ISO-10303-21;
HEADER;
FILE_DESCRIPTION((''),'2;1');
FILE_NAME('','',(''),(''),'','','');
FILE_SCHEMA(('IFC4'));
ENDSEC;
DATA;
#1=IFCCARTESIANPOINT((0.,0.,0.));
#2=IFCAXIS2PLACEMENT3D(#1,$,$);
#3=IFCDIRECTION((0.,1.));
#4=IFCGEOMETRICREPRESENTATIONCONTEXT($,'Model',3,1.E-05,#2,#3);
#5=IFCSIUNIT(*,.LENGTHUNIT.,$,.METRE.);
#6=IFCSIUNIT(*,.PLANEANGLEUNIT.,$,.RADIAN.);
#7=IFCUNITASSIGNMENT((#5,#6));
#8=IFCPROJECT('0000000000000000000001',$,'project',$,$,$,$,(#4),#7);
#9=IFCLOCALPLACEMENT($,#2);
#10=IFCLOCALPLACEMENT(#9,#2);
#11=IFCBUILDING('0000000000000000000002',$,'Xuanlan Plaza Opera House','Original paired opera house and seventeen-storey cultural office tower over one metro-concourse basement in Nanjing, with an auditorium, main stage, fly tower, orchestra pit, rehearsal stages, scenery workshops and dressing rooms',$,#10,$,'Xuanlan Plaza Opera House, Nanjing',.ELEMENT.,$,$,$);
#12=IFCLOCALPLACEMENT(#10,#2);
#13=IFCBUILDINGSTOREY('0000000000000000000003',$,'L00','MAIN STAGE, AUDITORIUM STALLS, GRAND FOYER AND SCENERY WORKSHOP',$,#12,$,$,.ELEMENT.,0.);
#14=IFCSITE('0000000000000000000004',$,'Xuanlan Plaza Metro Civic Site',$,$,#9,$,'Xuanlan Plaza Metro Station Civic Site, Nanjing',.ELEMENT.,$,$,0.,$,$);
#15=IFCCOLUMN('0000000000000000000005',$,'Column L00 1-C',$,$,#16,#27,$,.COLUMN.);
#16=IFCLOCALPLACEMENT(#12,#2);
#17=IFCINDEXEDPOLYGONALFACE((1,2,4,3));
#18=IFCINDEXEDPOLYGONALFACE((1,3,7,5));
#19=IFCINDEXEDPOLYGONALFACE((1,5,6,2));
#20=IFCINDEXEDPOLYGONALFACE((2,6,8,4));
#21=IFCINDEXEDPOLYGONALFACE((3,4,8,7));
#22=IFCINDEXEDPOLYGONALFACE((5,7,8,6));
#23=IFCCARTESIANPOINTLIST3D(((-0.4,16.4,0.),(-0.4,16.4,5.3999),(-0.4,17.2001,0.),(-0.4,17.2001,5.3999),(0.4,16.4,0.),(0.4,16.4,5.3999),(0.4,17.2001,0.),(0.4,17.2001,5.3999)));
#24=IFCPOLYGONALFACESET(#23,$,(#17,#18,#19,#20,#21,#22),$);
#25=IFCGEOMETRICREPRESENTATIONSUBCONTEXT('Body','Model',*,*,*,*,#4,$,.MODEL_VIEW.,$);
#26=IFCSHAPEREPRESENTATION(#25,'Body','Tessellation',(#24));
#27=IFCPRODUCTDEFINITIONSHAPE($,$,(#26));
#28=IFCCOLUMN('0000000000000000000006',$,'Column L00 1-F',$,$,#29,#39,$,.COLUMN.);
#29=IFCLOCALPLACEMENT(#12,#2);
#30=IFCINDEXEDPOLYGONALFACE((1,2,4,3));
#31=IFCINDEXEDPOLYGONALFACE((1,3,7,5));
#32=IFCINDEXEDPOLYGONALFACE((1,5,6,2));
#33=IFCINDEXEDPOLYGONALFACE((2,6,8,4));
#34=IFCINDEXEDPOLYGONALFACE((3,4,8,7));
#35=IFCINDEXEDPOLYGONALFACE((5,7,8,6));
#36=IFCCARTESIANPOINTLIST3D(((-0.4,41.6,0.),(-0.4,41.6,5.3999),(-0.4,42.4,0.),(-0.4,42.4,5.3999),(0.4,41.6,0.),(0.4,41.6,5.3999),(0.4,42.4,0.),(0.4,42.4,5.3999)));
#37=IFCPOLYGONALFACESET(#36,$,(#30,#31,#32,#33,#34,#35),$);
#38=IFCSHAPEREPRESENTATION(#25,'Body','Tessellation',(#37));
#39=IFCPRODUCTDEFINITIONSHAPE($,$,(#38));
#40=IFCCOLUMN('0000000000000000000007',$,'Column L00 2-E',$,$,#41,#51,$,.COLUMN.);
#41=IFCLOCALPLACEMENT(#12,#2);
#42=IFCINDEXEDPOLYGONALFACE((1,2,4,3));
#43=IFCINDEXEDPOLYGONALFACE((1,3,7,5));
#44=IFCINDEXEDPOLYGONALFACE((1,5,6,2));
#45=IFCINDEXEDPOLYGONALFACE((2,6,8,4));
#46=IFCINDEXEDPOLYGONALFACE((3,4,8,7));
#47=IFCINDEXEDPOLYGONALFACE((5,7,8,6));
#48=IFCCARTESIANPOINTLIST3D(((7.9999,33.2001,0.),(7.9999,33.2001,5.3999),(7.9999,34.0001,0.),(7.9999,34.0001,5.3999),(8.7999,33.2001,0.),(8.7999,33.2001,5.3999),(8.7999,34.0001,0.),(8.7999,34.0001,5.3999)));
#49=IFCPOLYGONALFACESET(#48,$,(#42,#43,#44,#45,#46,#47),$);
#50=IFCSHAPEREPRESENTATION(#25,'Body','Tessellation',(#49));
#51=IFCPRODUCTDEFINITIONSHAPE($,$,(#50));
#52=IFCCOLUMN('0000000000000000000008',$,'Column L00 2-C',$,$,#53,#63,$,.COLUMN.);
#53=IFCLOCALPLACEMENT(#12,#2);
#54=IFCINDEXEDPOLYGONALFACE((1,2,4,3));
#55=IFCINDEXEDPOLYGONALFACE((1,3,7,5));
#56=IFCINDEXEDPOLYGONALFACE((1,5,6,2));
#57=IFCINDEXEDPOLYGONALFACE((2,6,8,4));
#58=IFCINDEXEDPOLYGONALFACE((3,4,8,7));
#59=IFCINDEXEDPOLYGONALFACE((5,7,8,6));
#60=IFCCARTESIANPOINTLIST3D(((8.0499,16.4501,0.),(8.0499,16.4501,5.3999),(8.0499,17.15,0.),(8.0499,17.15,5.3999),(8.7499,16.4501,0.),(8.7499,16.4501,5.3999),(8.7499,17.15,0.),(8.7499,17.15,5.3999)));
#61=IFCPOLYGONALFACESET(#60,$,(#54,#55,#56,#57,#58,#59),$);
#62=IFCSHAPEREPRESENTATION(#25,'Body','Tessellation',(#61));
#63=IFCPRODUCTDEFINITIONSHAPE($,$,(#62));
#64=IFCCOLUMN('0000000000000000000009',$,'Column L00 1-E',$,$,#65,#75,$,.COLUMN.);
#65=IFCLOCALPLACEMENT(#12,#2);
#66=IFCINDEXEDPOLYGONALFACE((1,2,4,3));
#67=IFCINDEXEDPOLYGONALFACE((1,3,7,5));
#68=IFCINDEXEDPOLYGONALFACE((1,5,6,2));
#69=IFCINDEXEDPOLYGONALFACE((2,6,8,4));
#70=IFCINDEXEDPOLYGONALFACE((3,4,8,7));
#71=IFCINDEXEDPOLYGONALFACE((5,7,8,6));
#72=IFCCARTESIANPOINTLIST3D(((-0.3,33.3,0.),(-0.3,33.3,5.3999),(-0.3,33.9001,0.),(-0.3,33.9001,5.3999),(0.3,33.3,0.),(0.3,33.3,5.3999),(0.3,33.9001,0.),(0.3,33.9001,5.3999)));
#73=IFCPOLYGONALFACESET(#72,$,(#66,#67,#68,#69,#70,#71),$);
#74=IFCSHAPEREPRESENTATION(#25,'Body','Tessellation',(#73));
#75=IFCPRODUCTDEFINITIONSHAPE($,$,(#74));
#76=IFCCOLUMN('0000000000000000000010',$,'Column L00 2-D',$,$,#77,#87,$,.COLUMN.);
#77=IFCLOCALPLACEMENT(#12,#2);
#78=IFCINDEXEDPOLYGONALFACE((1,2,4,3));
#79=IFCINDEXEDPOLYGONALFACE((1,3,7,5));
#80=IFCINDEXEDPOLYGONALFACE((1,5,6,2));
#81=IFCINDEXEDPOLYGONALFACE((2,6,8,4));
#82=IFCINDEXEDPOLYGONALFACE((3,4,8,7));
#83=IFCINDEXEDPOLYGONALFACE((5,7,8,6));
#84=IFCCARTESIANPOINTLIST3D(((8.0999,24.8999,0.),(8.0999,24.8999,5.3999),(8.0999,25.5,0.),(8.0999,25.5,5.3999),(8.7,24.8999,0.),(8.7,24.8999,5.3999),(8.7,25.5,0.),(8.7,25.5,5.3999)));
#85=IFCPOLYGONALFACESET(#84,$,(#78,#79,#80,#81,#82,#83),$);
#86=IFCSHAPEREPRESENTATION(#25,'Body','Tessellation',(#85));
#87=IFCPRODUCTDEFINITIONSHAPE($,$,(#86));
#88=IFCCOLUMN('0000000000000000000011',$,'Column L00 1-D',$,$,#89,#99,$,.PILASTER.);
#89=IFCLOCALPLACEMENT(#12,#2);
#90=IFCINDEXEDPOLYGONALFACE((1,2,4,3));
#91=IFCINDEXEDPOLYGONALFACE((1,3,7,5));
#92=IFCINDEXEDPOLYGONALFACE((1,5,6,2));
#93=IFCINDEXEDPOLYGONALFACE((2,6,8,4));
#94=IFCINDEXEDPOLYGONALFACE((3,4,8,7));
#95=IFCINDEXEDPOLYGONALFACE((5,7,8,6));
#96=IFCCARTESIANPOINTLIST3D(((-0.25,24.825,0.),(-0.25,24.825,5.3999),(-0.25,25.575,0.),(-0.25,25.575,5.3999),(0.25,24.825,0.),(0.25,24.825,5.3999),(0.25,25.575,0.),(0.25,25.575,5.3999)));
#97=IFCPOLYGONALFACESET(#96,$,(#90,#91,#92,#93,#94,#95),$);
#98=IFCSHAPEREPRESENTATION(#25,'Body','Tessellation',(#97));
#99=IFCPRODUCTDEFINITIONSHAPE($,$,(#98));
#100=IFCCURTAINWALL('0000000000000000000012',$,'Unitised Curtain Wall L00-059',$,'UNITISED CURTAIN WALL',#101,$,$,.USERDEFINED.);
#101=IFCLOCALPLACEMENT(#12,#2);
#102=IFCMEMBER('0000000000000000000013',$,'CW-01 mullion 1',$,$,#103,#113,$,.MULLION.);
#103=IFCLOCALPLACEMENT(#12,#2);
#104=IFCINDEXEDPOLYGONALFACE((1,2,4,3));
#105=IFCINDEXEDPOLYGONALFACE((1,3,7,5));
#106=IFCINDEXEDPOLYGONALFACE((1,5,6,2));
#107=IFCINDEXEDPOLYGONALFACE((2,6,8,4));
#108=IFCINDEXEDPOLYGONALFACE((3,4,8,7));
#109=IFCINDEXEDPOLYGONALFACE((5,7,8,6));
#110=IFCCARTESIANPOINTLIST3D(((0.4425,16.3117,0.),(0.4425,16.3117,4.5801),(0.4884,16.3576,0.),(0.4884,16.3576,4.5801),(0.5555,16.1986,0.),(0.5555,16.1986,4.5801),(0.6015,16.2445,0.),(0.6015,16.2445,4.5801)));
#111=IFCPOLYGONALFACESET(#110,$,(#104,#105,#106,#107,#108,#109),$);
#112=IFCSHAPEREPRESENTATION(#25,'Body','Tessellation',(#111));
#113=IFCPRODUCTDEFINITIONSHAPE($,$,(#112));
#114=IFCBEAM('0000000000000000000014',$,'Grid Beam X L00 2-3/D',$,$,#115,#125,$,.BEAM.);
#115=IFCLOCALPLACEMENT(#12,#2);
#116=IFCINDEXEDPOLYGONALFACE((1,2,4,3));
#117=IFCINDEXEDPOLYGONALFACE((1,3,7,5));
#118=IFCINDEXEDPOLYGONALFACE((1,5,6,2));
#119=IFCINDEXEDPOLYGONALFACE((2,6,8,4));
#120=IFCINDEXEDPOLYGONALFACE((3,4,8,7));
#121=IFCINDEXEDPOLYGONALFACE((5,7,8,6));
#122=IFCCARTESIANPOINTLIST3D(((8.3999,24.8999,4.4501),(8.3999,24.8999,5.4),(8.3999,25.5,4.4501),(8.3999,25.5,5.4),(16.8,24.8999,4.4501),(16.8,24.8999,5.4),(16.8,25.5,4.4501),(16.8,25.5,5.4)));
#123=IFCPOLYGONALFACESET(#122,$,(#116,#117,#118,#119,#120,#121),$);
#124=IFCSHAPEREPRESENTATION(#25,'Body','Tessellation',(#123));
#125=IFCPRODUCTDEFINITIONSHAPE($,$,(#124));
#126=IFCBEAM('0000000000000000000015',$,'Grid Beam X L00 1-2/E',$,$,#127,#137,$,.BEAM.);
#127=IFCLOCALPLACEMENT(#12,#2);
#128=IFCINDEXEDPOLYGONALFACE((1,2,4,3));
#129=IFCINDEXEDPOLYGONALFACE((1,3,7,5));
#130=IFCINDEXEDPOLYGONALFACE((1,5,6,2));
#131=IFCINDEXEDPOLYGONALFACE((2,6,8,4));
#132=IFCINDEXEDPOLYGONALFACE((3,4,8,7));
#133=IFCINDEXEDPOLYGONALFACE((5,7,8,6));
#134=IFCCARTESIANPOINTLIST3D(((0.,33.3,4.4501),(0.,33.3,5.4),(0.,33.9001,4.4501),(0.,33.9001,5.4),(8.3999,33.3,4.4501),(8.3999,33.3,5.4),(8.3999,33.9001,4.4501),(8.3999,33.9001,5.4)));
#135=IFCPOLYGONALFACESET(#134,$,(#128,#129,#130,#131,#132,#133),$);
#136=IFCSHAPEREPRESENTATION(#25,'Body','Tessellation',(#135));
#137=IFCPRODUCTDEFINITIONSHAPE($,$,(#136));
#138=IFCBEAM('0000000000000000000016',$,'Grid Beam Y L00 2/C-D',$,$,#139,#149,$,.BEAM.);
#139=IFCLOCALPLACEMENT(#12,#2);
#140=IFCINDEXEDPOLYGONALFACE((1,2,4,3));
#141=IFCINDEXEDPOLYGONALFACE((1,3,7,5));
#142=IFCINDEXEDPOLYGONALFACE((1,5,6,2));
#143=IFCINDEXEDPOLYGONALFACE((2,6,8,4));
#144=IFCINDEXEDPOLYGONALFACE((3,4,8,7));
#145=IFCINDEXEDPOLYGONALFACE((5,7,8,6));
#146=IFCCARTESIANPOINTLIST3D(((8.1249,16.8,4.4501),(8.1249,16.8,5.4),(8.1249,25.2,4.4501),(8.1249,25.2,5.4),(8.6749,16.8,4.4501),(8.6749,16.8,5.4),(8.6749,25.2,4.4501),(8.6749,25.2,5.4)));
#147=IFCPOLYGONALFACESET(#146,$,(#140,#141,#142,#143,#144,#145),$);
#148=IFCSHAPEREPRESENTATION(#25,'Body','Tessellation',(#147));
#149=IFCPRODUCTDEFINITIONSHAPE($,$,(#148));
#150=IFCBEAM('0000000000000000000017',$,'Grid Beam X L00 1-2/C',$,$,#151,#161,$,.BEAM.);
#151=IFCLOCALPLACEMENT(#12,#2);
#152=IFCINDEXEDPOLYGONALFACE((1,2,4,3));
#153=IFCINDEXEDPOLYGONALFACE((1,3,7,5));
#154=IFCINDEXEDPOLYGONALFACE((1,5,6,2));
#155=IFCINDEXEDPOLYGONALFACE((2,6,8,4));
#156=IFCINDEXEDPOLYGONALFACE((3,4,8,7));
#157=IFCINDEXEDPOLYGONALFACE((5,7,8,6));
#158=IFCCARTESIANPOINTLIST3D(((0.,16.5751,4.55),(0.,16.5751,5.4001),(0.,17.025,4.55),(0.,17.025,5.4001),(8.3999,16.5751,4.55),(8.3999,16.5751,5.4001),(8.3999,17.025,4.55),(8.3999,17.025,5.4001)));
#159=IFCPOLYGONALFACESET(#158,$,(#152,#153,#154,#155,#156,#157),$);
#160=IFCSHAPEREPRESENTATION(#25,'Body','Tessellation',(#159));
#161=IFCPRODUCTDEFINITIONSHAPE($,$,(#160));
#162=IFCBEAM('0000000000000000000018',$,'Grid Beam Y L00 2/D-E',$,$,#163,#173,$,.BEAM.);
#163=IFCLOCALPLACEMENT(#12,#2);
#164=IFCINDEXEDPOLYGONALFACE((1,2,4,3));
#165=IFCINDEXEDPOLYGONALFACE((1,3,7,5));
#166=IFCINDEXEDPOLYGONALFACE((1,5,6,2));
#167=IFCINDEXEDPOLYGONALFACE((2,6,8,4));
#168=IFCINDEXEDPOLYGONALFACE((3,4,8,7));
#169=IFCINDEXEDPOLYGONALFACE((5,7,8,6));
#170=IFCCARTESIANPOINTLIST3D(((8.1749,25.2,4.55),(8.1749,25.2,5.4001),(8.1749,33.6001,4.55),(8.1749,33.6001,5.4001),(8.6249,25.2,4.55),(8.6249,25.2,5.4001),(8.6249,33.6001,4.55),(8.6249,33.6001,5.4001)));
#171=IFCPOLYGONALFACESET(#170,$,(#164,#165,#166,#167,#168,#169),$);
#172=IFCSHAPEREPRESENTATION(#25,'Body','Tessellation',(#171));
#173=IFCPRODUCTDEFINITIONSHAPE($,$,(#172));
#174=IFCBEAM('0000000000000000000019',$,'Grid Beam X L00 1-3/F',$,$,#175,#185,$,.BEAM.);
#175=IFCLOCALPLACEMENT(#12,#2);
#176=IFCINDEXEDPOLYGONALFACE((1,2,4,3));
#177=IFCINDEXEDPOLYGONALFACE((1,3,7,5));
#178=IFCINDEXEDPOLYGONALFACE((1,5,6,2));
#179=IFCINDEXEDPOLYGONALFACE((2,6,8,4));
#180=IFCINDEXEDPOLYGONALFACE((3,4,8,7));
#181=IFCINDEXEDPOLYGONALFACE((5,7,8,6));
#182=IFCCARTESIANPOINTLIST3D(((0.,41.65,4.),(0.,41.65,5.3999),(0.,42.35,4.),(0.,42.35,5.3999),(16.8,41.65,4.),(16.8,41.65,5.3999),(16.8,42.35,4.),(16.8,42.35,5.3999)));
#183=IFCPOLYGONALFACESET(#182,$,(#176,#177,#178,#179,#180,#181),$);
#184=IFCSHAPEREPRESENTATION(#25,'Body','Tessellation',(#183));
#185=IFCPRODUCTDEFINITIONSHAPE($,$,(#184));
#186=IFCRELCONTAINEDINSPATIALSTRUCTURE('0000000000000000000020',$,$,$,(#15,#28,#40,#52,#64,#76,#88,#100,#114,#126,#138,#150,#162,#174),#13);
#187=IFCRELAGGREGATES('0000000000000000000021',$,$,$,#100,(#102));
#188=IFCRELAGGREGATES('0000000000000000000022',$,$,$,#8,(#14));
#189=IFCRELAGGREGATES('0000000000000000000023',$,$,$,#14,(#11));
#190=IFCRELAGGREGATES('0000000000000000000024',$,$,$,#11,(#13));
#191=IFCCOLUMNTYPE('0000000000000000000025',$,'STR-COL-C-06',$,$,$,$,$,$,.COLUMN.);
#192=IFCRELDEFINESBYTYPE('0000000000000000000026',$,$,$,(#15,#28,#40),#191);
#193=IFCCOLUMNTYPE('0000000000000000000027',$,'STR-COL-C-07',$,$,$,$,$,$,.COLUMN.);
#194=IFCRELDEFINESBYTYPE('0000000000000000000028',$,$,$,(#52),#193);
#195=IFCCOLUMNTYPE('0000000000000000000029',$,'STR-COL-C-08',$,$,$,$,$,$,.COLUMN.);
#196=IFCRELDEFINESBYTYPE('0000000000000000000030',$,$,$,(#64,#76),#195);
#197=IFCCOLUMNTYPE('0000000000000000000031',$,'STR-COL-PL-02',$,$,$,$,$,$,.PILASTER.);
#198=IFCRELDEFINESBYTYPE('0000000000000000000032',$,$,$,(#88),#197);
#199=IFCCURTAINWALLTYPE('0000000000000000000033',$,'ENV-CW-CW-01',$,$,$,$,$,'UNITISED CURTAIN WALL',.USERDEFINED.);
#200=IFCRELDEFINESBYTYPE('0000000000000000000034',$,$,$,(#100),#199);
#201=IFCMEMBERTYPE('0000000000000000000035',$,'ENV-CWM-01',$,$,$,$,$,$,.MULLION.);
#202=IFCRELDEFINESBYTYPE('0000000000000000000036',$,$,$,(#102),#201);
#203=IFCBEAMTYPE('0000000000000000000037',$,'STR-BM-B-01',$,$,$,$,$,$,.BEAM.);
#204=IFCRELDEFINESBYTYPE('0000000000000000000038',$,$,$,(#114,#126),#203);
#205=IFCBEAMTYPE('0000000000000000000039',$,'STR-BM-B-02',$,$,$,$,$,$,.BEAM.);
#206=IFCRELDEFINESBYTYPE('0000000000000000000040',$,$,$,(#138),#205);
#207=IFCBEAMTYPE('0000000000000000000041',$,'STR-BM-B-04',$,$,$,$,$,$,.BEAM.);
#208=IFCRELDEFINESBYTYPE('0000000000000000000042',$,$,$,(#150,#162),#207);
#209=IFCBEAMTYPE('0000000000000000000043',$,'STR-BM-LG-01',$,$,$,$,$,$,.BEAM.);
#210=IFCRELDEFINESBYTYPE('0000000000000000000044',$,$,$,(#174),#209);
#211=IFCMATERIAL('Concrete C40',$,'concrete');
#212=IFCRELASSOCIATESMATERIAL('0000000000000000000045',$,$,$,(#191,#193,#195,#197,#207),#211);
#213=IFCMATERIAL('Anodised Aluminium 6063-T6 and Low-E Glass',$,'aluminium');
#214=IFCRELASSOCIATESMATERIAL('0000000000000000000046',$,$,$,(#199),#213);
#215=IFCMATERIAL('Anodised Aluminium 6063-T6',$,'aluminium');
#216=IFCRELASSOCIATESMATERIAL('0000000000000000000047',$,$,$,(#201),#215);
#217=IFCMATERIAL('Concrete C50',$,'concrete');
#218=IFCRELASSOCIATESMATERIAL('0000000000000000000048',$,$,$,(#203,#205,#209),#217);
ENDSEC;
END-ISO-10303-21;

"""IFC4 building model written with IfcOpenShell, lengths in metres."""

from ifc_helpers import new_model, si_unit, direction, frame, origin, origin_2d, place, context, subcontext, project, spatial, rectangle, extrude, material, material_profile, profile_set, type_object, element, aggregate, save


model = new_model("IFC4")

# Units and contexts
model_context = context("Model", 3, precision=1e-05, world=origin(), true_north=direction((0.0, 1.0)))
body_context = subcontext(model_context, "Body", "Model", "MODEL_VIEW")
ifc_project = project(units=[si_unit("LENGTHUNIT", "METRE"), si_unit("PLANEANGLEUNIT", "RADIAN")], contexts=[model_context])

# Site, building, storey
site_placement = place(None, origin())
site = spatial("IfcSite", under=ifc_project, at=site_placement, Name="Xuanlan Plaza Metro Civic Site", LongName="Xuanlan Plaza Metro Station Civic Site, Nanjing", CompositionType="ELEMENT", RefElevation=0.0)
building_placement = place(site_placement, origin())
building = spatial("IfcBuilding", under=site, at=building_placement, Name="Xuanlan Plaza Opera House", Description="Original paired opera house and seventeen-storey cultural office tower over one metro-concourse basement in Nanjing, with an auditorium, main stage, fly tower, orchestra pit, rehearsal stages, scenery workshops and dressing rooms", LongName="Xuanlan Plaza Opera House, Nanjing", CompositionType="ELEMENT")
storey_placement = place(building_placement, origin())
storey = spatial("IfcBuildingStorey", under=building, at=storey_placement, Name="L00", Description="MAIN STAGE, AUDITORIUM STALLS, GRAND FOYER AND SCENERY WORKSHOP", CompositionType="ELEMENT", Elevation=0.0)

# Columns
ifc_material_1 = material(Name="Concrete C40", Category="concrete")
ifc_material_profile_1 = material_profile(ifc_material_1, rectangle(XDim=0.8, YDim=0.8, at=origin_2d()), Name="RC-COL 800x800")
ifc_profile_set_1 = profile_set([ifc_material_profile_1], Name="Concrete C40")
column_type_1 = type_object("IfcColumnType", Name="STR-COL-C-06", PredefinedType="COLUMN", material=ifc_profile_set_1)
for number, where, z_axis, x_axis, name in (
    (1, (0.0, 16.8, 0.0), (0.0, 0.0, 1.0), (1.0, 0.0, 0.0), "Column L00 1-C"),
    (2, (0.0, 42.0, 0.0), (0.0, 0.0, 1.0), (1.0, 0.0, 0.0), "Column L00 1-F"),
    (3, (8.3999, 33.6001, 0.0), (0.0, 0.0, 1.0), (1.0, 0.0, 0.0), "Column L00 2-E"),
):
    element("IfcColumn", number, at=place(storey_placement, frame(where, z_axis=z_axis, x_axis=x_axis)), inside=storey, type_object=column_type_1, Name=name, PredefinedType="COLUMN", context=body_context, shape_type="SweptSolid", body=[
        extrude(rectangle(XDim=0.8, YDim=0.8, at=origin_2d()), origin(), (0.0, 0.0, 1.0), 5.3999),
    ])
ifc_material_profile_2 = material_profile(ifc_material_1, rectangle(XDim=0.7, YDim=0.7, at=origin_2d()), Name="RC-COL 700x700")
ifc_profile_set_2 = profile_set([ifc_material_profile_2], Name="Concrete C40")
column_type_2 = type_object("IfcColumnType", Name="STR-COL-C-07", PredefinedType="COLUMN", material=ifc_profile_set_2)
column_1_placement = place(storey_placement, frame((8.3999, 16.8, 0.0), z_axis=(0.0, 0.0, 1.0), x_axis=(1.0, 0.0, 0.0)))
element("IfcColumn", 4, at=column_1_placement, inside=storey, type_object=column_type_2, Name="Column L00 2-C", PredefinedType="COLUMN", context=body_context, shape_type="SweptSolid", body=[
    extrude(rectangle(XDim=0.7, YDim=0.7, at=origin_2d()), origin(), (0.0, 0.0, 1.0), 5.3999),
])
ifc_material_profile_3 = material_profile(ifc_material_1, rectangle(XDim=0.6001, YDim=0.6001, at=origin_2d()), Name="RC-COL 600x600")
ifc_profile_set_3 = profile_set([ifc_material_profile_3], Name="Concrete C40")
column_type_3 = type_object("IfcColumnType", Name="STR-COL-C-08", PredefinedType="COLUMN", material=ifc_profile_set_3)
for number, where, z_axis, x_axis, name in (
    (5, (0.0, 33.6001, 0.0), (0.0, 0.0, 1.0), (1.0, 0.0, 0.0), "Column L00 1-E"),
    (6, (8.3999, 25.2, 0.0), (0.0, 0.0, 1.0), (1.0, 0.0, 0.0), "Column L00 2-D"),
):
    element("IfcColumn", number, at=place(storey_placement, frame(where, z_axis=z_axis, x_axis=x_axis)), inside=storey, type_object=column_type_3, Name=name, PredefinedType="COLUMN", context=body_context, shape_type="SweptSolid", body=[
        extrude(rectangle(XDim=0.6001, YDim=0.6001, at=origin_2d()), origin(), (0.0, 0.0, 1.0), 5.3999),
    ])
ifc_material_profile_4 = material_profile(ifc_material_1, rectangle(XDim=0.5, YDim=0.75, at=origin_2d()), Name="RC-PIL 500x750")
ifc_profile_set_4 = profile_set([ifc_material_profile_4], Name="Concrete C40")
column_type_4 = type_object("IfcColumnType", Name="STR-COL-PL-02", PredefinedType="PILASTER", material=ifc_profile_set_4)
column_2_placement = place(storey_placement, frame((0.0, 25.2, 0.0), z_axis=(0.0, 0.0, 1.0), x_axis=(1.0, 0.0, 0.0)))
element("IfcColumn", 7, at=column_2_placement, inside=storey, type_object=column_type_4, Name="Column L00 1-D", PredefinedType="PILASTER", context=body_context, shape_type="SweptSolid", body=[
    extrude(rectangle(XDim=0.5, YDim=0.75, at=origin_2d()), origin(), (0.0, 0.0, 1.0), 5.3999),
])

# Curtain wall, member
ifc_material_2 = material(Name="Anodised Aluminium 6063-T6 and Low-E Glass", Category="aluminium")
curtain_wall_type = type_object("IfcCurtainWallType", Name="ENV-CW-CW-01", ElementType="UNITISED CURTAIN WALL", PredefinedType="USERDEFINED", material=ifc_material_2)
curtain_wall_placement = place(storey_placement, origin())
curtain_wall = element("IfcCurtainWall", 8, at=curtain_wall_placement, inside=storey, type_object=curtain_wall_type, Name="Unitised Curtain Wall L00-059", ObjectType="UNITISED CURTAIN WALL", PredefinedType="USERDEFINED")
ifc_material_3 = material(Name="Anodised Aluminium 6063-T6", Category="aluminium")
ifc_material_profile_5 = material_profile(ifc_material_3, rectangle(XDim=0.0649, YDim=0.1599, at=origin_2d()), Name="ALU-M 65x160")
ifc_profile_set_5 = profile_set([ifc_material_profile_5], Name="Anodised Aluminium 6063-T6")
member_type = type_object("IfcMemberType", Name="ENV-CWM-01", PredefinedType="MULLION", material=ifc_profile_set_5)
member_placement = place(storey_placement, frame((0.522, 16.2781, 0.0), z_axis=(0.0, 0.0, 1.0), x_axis=(0.707107, 0.707107, 0.0)))
member = element("IfcMember", 9, at=member_placement, type_object=member_type, Name="CW-01 mullion 1", PredefinedType="MULLION", context=body_context, shape_type="SweptSolid", body=[
    extrude(rectangle(XDim=0.0649, YDim=0.1599, at=origin_2d()), origin(), (0.0, 0.0, 1.0), 4.5801),
])
aggregate(curtain_wall, [member])

# Beams
ifc_material_4 = material(Name="Concrete C50", Category="concrete")
ifc_material_profile_6 = material_profile(ifc_material_4, rectangle(XDim=0.6001, YDim=0.95, at=origin_2d()), Name="RC-BM 600x950")
ifc_profile_set_6 = profile_set([ifc_material_profile_6], Name="Concrete C50")
beam_type_1 = type_object("IfcBeamType", Name="STR-BM-B-01", PredefinedType="BEAM", material=ifc_profile_set_6)
beam_1_placement = place(storey_placement, frame((8.3999, 25.2, 4.925), z_axis=(1.0, 0.0, 0.0), x_axis=(0.0, 1.0, 0.0)))
element("IfcBeam", 10, at=beam_1_placement, inside=storey, type_object=beam_type_1, Name="Grid Beam X L00 2-3/D", PredefinedType="BEAM", context=body_context, shape_type="SweptSolid", body=[
    extrude(rectangle(XDim=0.6001, YDim=0.95, at=origin_2d()), origin(), (0.0, 0.0, 1.0), 8.4001),
])
beam_2_placement = place(storey_placement, frame((0.0, 33.6001, 4.925), z_axis=(1.0, 0.0, 0.0), x_axis=(0.0, 1.0, 0.0)))
element("IfcBeam", 11, at=beam_2_placement, inside=storey, type_object=beam_type_1, Name="Grid Beam X L00 1-2/E", PredefinedType="BEAM", context=body_context, shape_type="SweptSolid", body=[
    extrude(rectangle(XDim=0.6001, YDim=0.95, at=origin_2d()), origin(), (0.0, 0.0, 1.0), 8.3999),
])
ifc_material_profile_7 = material_profile(ifc_material_4, rectangle(XDim=0.55, YDim=0.95, at=origin_2d()), Name="RC-BM 550x950")
ifc_profile_set_7 = profile_set([ifc_material_profile_7], Name="Concrete C50")
beam_type_2 = type_object("IfcBeamType", Name="STR-BM-B-02", PredefinedType="BEAM", material=ifc_profile_set_7)
beam_3_placement = place(storey_placement, frame((8.3999, 16.8, 4.925), z_axis=(0.0, 1.0, 0.0), x_axis=(-1.0, 0.0, 0.0)))
element("IfcBeam", 12, at=beam_3_placement, inside=storey, type_object=beam_type_2, Name="Grid Beam Y L00 2/C-D", PredefinedType="BEAM", context=body_context, shape_type="SweptSolid", body=[
    extrude(rectangle(XDim=0.55, YDim=0.95, at=origin_2d()), origin(), (0.0, 0.0, 1.0), 8.3999),
])
ifc_material_profile_8 = material_profile(ifc_material_1, rectangle(XDim=0.45, YDim=0.8501, at=origin_2d()), Name="RC-BM 450x850")
ifc_profile_set_8 = profile_set([ifc_material_profile_8], Name="Concrete C40")
beam_type_3 = type_object("IfcBeamType", Name="STR-BM-B-04", PredefinedType="BEAM", material=ifc_profile_set_8)
beam_4_placement = place(storey_placement, frame((0.0, 16.8, 4.9751), z_axis=(1.0, 0.0, 0.0), x_axis=(0.0, 1.0, 0.0)))
element("IfcBeam", 13, at=beam_4_placement, inside=storey, type_object=beam_type_3, Name="Grid Beam X L00 1-2/C", PredefinedType="BEAM", context=body_context, shape_type="SweptSolid", body=[
    extrude(rectangle(XDim=0.45, YDim=0.8501, at=origin_2d()), origin(), (0.0, 0.0, 1.0), 8.3999),
])
beam_5_placement = place(storey_placement, frame((8.3999, 25.2, 4.9751), z_axis=(0.0, 1.0, 0.0), x_axis=(-1.0, 0.0, 0.0)))
element("IfcBeam", 14, at=beam_5_placement, inside=storey, type_object=beam_type_3, Name="Grid Beam Y L00 2/D-E", PredefinedType="BEAM", context=body_context, shape_type="SweptSolid", body=[
    extrude(rectangle(XDim=0.45, YDim=0.8501, at=origin_2d()), origin(), (0.0, 0.0, 1.0), 8.4001),
])
ifc_material_profile_9 = material_profile(ifc_material_4, rectangle(XDim=0.7, YDim=1.3999, at=origin_2d()), Name="RC-LG 700x1400")
ifc_profile_set_9 = profile_set([ifc_material_profile_9], Name="Concrete C50")
beam_type_4 = type_object("IfcBeamType", Name="STR-BM-LG-01", PredefinedType="BEAM", material=ifc_profile_set_9)
beam_6_placement = place(storey_placement, frame((0.0, 42.0, 4.7), z_axis=(1.0, 0.0, 0.0), x_axis=(0.0, 1.0, 0.0)))
element("IfcBeam", 15, at=beam_6_placement, inside=storey, type_object=beam_type_4, Name="Grid Beam X L00 1-3/F", PredefinedType="BEAM", context=body_context, shape_type="SweptSolid", body=[
    extrude(rectangle(XDim=0.7, YDim=1.3999, at=origin_2d()), origin(), (0.0, 0.0, 1.0), 16.8),
])

save(model, "model.ifc")
